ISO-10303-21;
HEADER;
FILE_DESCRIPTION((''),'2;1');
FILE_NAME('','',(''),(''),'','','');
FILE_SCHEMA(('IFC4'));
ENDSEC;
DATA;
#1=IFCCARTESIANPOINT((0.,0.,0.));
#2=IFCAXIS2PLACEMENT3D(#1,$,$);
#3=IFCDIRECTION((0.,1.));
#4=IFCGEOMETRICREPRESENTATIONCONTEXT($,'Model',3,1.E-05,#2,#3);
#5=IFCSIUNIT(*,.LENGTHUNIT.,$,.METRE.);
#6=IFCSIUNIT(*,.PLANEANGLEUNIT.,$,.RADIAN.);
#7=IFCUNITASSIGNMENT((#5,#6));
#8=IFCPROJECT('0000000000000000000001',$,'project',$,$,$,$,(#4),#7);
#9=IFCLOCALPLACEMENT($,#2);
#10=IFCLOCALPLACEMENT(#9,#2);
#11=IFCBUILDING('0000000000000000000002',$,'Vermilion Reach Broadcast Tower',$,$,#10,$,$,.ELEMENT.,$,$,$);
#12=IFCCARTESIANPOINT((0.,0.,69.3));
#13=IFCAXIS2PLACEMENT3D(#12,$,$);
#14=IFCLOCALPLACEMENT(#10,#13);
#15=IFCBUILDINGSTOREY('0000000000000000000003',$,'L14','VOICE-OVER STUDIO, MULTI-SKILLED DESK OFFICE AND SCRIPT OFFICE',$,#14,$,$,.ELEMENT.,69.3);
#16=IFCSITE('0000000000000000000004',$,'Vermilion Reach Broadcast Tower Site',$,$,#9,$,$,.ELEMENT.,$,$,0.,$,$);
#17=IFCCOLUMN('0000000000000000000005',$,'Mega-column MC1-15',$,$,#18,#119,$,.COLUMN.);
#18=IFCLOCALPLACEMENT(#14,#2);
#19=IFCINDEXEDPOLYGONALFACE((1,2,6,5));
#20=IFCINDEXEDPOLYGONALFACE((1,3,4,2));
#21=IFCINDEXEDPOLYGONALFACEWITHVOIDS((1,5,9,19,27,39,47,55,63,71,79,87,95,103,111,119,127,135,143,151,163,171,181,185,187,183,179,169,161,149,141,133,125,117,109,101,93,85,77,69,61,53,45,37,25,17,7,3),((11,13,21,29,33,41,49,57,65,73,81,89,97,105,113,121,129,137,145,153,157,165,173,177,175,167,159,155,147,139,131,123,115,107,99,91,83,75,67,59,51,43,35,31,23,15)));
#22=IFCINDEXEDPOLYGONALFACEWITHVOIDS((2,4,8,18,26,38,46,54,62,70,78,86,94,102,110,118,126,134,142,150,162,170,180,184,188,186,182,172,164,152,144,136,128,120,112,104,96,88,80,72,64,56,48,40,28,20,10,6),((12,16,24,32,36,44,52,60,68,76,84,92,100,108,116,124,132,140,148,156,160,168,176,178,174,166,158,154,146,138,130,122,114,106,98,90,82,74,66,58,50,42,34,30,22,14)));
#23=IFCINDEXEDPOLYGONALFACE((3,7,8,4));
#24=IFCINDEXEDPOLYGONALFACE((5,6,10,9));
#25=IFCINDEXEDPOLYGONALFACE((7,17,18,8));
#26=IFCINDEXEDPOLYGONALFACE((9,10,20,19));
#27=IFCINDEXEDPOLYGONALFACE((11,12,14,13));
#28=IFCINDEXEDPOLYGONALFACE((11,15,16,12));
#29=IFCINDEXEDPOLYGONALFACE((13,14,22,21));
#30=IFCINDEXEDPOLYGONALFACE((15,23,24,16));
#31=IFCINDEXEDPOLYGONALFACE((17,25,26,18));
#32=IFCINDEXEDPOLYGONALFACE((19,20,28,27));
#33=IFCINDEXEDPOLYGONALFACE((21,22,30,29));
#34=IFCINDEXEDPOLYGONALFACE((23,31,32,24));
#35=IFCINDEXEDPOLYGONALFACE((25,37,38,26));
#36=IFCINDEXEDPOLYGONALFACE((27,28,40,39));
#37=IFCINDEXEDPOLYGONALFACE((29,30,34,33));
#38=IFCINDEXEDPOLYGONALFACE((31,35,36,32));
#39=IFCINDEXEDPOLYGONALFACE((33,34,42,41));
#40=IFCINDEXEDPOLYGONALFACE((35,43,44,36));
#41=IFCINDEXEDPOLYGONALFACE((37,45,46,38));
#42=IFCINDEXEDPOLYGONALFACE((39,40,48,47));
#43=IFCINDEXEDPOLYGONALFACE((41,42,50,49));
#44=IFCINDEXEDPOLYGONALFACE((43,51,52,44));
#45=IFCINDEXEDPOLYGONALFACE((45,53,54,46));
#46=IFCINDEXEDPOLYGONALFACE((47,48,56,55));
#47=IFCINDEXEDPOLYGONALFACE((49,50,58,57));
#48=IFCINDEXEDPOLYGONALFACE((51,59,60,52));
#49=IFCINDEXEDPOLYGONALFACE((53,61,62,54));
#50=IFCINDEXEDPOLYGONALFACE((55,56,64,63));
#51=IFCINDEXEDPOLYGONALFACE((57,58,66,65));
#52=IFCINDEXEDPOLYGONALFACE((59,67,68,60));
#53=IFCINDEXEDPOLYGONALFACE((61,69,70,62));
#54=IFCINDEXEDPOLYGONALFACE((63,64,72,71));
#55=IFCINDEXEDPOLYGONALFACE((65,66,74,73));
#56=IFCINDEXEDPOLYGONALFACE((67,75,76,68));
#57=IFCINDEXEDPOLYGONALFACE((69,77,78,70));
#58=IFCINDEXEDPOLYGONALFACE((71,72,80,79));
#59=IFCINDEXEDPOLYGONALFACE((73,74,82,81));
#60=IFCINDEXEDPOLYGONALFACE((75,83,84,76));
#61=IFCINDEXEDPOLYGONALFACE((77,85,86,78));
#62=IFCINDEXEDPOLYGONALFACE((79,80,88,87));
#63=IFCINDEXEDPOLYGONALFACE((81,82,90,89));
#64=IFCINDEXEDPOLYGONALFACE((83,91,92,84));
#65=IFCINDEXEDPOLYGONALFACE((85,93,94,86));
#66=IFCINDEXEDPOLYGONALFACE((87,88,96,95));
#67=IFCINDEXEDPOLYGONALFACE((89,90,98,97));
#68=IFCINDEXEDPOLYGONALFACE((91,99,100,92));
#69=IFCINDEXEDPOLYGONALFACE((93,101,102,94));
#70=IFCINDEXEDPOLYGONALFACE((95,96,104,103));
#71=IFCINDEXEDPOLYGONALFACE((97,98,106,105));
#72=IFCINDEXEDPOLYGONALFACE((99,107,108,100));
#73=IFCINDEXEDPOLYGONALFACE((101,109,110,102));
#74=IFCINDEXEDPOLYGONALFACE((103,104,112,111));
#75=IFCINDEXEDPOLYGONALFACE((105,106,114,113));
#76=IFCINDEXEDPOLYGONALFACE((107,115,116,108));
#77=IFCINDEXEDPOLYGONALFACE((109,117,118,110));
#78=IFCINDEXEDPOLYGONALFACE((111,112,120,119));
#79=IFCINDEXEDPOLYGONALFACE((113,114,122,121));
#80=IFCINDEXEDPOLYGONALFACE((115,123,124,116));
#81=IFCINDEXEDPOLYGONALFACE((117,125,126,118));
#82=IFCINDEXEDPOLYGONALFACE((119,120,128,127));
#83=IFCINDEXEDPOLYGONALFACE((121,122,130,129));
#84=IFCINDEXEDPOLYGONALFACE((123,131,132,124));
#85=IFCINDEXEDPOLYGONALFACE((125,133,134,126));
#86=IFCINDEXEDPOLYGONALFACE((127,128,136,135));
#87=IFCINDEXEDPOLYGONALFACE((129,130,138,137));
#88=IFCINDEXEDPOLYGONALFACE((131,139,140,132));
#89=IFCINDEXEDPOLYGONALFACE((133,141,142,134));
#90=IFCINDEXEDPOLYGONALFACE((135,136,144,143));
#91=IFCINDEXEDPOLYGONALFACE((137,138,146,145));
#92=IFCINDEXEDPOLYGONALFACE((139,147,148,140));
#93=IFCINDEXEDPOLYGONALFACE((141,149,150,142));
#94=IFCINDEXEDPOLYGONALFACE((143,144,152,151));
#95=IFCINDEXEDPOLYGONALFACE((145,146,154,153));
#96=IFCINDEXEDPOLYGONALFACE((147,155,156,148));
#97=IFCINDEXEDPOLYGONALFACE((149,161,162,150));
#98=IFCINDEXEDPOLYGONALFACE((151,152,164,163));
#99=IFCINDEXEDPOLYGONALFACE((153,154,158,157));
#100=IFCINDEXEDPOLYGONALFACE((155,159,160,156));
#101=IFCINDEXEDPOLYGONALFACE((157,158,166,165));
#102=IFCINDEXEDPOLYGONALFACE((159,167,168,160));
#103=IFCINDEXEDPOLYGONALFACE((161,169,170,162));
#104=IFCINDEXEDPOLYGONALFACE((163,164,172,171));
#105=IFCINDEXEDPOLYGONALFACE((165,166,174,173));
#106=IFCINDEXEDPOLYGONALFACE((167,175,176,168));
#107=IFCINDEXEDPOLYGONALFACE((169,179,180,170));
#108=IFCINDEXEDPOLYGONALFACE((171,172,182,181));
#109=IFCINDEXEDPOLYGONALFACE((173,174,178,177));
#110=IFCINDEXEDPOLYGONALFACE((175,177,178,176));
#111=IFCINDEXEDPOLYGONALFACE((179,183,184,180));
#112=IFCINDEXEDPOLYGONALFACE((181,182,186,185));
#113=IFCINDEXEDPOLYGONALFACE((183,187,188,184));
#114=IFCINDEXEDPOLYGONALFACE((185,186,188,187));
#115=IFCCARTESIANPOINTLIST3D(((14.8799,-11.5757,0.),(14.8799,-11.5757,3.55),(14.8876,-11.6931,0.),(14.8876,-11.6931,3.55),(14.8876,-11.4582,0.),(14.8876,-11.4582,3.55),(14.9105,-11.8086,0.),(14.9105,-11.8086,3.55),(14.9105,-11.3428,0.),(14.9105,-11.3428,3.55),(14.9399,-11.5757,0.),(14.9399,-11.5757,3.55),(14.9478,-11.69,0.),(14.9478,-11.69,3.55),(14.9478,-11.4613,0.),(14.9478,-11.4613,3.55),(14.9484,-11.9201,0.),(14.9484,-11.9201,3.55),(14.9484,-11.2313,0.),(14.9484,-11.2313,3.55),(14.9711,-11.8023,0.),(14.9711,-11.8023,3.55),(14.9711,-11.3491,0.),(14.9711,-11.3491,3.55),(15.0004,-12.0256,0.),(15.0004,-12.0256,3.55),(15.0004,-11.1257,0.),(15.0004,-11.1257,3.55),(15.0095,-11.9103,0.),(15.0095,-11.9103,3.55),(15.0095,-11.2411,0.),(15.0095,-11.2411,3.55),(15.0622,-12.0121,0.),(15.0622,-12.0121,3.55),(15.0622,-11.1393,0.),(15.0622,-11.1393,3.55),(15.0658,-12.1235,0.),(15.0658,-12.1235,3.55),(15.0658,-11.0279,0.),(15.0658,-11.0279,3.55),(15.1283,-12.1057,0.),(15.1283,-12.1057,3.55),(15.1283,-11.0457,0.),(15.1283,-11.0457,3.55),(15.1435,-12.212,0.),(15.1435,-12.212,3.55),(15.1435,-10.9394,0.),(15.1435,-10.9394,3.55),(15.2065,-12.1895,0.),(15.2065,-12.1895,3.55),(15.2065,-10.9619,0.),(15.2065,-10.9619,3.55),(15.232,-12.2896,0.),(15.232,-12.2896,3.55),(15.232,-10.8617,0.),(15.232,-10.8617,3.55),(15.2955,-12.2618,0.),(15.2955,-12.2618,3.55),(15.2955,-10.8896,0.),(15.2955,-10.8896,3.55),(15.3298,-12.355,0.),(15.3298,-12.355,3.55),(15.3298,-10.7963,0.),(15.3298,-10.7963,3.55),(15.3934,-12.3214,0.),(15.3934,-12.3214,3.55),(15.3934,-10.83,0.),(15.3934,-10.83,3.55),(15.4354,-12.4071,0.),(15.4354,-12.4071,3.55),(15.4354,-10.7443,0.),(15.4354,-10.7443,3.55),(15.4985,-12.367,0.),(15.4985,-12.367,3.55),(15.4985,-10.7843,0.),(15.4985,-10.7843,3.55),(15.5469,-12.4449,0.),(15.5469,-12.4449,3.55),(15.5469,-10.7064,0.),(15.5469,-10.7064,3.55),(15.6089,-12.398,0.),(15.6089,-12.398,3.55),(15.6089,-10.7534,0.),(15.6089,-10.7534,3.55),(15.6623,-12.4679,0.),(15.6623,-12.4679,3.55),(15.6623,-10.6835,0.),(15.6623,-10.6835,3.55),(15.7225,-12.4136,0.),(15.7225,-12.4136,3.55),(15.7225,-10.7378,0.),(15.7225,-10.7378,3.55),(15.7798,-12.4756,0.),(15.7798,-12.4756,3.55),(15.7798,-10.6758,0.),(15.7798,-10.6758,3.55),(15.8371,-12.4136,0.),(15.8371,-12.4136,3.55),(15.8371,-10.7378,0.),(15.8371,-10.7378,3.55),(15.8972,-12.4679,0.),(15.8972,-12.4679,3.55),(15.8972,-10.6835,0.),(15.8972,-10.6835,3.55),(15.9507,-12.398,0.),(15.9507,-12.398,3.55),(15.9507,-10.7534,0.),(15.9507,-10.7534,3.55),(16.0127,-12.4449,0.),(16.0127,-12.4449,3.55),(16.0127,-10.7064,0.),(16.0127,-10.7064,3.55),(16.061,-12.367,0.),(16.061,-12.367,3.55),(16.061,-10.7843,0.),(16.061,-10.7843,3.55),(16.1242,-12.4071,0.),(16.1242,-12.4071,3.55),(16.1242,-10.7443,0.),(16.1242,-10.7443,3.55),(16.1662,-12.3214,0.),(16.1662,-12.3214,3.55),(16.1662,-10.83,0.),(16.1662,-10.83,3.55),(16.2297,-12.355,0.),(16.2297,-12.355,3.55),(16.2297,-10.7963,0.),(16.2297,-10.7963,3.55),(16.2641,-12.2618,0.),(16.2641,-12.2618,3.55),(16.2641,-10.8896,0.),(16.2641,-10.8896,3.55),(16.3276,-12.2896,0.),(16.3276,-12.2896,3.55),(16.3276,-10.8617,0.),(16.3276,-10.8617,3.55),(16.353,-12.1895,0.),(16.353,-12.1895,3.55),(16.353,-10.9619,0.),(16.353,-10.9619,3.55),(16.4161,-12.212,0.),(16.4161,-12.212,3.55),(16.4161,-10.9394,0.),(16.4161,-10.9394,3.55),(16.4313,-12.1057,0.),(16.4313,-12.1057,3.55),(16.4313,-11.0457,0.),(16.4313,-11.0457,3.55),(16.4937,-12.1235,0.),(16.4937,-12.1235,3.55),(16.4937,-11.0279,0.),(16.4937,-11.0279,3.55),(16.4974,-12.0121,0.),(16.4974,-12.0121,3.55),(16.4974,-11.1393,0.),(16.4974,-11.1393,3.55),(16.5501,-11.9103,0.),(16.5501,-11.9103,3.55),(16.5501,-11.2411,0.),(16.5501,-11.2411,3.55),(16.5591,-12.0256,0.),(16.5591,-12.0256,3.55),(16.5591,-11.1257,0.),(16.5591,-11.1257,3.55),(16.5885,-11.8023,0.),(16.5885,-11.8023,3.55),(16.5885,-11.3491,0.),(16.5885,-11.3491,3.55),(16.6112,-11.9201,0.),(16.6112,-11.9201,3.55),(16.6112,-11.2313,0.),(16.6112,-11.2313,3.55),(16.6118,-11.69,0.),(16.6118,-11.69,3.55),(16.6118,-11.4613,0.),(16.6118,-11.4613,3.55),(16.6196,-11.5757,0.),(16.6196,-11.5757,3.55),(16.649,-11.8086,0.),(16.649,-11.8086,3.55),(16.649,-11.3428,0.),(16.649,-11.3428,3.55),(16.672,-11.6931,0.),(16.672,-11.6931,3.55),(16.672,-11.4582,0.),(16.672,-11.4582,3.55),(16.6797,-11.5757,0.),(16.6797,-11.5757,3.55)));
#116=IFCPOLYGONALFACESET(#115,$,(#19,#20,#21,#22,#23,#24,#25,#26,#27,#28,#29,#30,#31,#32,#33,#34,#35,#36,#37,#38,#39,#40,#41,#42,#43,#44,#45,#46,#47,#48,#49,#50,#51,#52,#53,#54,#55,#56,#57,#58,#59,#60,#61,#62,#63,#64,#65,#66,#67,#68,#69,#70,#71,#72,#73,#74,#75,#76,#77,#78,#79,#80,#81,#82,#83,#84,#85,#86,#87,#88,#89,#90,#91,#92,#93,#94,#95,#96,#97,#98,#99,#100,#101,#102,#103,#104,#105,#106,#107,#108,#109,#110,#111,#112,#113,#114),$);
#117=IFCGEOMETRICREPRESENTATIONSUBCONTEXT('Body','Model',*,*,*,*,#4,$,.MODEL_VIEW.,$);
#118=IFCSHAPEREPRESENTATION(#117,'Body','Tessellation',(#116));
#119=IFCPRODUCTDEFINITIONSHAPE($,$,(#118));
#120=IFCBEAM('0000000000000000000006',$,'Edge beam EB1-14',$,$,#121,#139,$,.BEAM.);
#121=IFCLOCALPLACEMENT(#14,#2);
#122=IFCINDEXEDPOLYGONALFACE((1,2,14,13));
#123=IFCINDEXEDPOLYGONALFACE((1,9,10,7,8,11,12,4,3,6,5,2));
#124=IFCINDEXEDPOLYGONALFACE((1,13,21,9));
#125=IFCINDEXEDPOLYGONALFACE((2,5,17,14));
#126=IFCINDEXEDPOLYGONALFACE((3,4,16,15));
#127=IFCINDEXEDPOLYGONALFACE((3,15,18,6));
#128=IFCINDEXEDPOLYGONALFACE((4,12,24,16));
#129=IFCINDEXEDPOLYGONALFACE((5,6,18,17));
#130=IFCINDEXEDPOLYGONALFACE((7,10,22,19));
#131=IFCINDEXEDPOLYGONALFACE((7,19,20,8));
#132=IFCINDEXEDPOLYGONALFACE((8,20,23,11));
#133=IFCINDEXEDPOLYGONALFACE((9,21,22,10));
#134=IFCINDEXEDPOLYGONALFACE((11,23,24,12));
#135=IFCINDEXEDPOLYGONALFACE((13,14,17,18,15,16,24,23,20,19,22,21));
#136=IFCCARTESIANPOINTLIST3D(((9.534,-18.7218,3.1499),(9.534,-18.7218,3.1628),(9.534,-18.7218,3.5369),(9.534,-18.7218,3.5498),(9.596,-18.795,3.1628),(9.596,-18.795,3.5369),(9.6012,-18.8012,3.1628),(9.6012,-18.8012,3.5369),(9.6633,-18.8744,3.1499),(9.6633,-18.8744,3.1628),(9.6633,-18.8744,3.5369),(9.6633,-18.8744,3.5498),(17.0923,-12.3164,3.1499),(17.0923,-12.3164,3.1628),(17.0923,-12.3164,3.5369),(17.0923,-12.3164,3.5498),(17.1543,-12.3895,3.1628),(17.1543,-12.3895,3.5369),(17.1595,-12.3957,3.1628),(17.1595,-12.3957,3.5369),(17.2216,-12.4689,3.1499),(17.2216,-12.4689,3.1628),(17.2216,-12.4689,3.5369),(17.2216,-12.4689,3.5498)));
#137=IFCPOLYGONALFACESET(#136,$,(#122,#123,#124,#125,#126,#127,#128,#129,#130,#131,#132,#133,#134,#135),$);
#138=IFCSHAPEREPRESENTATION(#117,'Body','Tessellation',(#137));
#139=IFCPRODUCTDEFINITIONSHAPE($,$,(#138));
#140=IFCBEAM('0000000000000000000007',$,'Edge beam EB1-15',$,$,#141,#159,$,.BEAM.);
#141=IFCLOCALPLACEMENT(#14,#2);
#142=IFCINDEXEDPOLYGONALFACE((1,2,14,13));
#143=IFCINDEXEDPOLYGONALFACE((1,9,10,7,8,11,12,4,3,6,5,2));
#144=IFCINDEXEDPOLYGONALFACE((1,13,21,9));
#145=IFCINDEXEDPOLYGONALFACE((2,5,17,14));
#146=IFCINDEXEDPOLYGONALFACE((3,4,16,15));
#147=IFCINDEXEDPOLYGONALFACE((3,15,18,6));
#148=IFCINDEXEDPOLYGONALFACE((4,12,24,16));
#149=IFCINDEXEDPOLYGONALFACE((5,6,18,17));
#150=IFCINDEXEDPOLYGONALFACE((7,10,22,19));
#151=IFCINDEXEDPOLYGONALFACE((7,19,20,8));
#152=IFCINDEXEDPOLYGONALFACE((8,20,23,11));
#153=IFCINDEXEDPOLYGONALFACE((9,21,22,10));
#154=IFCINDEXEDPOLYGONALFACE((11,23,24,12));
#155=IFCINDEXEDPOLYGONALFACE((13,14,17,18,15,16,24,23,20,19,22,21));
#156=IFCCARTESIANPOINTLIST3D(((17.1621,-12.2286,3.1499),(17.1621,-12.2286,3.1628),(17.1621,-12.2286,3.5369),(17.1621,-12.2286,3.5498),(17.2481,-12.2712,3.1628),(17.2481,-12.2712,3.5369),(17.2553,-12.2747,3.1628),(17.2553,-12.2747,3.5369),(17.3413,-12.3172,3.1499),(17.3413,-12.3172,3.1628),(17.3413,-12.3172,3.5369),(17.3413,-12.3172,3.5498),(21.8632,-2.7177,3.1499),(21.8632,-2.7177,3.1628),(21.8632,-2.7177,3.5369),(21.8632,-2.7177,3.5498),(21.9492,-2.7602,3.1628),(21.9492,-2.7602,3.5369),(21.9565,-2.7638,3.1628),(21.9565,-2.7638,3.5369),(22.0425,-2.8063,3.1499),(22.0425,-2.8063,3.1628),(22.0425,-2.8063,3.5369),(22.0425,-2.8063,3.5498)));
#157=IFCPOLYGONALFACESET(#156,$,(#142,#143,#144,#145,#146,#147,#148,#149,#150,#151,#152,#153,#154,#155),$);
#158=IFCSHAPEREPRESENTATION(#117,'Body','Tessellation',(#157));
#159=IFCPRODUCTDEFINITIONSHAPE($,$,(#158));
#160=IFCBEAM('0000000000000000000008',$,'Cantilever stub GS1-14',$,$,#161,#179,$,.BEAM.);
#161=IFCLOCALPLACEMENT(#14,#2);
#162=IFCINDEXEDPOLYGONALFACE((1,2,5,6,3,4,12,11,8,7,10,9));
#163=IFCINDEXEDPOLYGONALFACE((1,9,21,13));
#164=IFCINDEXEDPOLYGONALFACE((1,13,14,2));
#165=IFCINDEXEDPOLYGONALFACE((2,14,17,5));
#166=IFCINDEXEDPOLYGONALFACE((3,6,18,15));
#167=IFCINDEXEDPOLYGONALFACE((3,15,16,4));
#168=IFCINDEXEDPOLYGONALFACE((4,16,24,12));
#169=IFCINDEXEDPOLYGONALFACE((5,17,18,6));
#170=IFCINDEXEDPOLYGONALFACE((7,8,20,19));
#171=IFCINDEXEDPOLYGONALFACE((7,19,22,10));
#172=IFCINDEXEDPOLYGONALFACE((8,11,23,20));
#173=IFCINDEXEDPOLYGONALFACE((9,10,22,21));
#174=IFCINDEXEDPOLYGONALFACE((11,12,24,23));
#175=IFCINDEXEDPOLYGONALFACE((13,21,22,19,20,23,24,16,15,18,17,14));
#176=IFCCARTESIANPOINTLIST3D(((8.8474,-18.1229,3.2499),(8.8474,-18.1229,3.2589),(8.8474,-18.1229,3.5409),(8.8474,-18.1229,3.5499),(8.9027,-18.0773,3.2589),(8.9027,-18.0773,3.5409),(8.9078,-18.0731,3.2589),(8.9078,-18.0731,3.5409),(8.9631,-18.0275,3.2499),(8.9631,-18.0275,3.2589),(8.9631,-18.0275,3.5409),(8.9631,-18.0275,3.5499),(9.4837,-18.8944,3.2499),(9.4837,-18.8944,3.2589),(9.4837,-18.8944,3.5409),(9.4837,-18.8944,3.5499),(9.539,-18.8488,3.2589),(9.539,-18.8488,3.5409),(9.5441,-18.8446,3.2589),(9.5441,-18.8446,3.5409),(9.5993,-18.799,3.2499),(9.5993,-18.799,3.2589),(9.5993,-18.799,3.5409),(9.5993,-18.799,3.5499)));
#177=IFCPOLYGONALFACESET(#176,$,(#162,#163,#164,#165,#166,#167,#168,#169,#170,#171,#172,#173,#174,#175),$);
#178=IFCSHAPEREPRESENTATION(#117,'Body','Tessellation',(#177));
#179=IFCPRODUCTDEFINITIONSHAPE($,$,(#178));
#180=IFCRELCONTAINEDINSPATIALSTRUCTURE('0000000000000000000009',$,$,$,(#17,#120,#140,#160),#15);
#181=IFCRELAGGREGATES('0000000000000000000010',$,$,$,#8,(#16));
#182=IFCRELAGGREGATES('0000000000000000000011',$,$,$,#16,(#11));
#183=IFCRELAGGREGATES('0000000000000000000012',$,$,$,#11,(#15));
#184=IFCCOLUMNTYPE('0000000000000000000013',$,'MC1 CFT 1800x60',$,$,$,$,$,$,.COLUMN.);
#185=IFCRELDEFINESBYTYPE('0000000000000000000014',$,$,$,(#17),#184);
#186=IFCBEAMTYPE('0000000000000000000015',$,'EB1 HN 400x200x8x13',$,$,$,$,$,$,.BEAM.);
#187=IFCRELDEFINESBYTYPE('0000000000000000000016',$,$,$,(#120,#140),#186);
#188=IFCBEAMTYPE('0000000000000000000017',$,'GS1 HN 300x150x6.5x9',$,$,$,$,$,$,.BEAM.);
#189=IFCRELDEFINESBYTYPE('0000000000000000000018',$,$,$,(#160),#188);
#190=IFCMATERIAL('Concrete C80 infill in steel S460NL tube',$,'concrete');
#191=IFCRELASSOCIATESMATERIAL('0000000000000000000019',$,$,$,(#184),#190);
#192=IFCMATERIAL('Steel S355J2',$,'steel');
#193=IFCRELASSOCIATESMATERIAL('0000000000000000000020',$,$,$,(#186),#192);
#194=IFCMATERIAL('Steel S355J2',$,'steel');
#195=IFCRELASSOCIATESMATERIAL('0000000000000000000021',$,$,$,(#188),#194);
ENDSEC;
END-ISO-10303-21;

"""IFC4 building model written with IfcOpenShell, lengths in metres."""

from ifc_helpers import new_model, si_unit, direction, frame, origin, origin_2d, place, context, subcontext, project, spatial, hollow_circle, i_section, extrude, material, material_profile, profile_set, type_object, element, save


model = new_model("IFC4")

# Units and contexts
model_context = context("Model", 3, precision=1e-05, world=origin(), true_north=direction((0.0, 1.0)))
body_context = subcontext(model_context, "Body", "Model", "MODEL_VIEW")
ifc_project = project(units=[si_unit("LENGTHUNIT", "METRE"), si_unit("PLANEANGLEUNIT", "RADIAN")], contexts=[model_context])

# Site, building, storey
site_placement = place(None, origin())
site = spatial("IfcSite", under=ifc_project, at=site_placement, Name="Vermilion Reach Broadcast Tower Site", CompositionType="ELEMENT", RefElevation=0.0)
building_placement = place(site_placement, origin())
building = spatial("IfcBuilding", under=site, at=building_placement, Name="Vermilion Reach Broadcast Tower", CompositionType="ELEMENT")
storey_placement = place(building_placement, frame((0.0, 0.0, 69.3)))
storey = spatial("IfcBuildingStorey", under=building, at=storey_placement, Name="L14", Description="VOICE-OVER STUDIO, MULTI-SKILLED DESK OFFICE AND SCRIPT OFFICE", CompositionType="ELEMENT", Elevation=69.3)

# Column
ifc_material_1 = material(Name="Concrete C80 infill in steel S460NL tube", Category="concrete")
ifc_material_profile_1 = material_profile(ifc_material_1, hollow_circle(Radius=0.8999, WallThickness=0.0601, at=origin_2d()), Name="Concrete C80 infill in steel S460NL tube CFT 1800x60")
ifc_profile_set_1 = profile_set([ifc_material_profile_1], Name="Concrete C80 infill in steel S460NL tube")
column_type = type_object("IfcColumnType", Name="MC1 CFT 1800x60", PredefinedType="COLUMN", material=ifc_profile_set_1)
for number, where, z_axis, x_axis, name in (
    (1, (15.7798, -11.5757, 0.0), (0.0, 0.0, 1.0), (1.0, 0.0, 0.0), "Mega-column MC1-15"),
):
    element("IfcColumn", number, at=place(storey_placement, frame(where, z_axis=z_axis, x_axis=x_axis)), inside=storey, type_object=column_type, Name=name, PredefinedType="COLUMN", context=body_context, shape_type="SweptSolid", body=[
        extrude(hollow_circle(Radius=0.8999, WallThickness=0.0601, at=origin_2d()), origin(), (0.0, 0.0, 1.0), 3.55),
    ])

# Beams
ifc_material_2 = material(Name="Steel S355J2", Category="steel")
ifc_material_profile_2 = material_profile(ifc_material_2, i_section(OverallWidth=0.2, OverallDepth=0.3999, WebThickness=0.0081, FlangeThickness=0.0129, at=origin_2d()), Name="S355J2 HN 400x200x8x13")
ifc_profile_set_2 = profile_set([ifc_material_profile_2], Name="Steel S355J2")
beam_type_1 = type_object("IfcBeamType", Name="EB1 HN 400x200x8x13", PredefinedType="BEAM", material=ifc_profile_set_2)
beam_1_placement = place(storey_placement, frame((9.5986, -18.7981, 3.3499), z_axis=(0.762889, 0.64653, 0.0), x_axis=(-0.64653, 0.762889, 0.0)))
element("IfcBeam", 2, at=beam_1_placement, inside=storey, type_object=beam_type_1, Name="Edge beam EB1-14", PredefinedType="BEAM", context=body_context, shape_type="SweptSolid", body=[
    extrude(i_section(OverallWidth=0.2, OverallDepth=0.3999, WebThickness=0.0081, FlangeThickness=0.0129, at=origin_2d()), origin(), (0.0, 0.0, 1.0), 9.9075),
])
beam_2_placement = place(storey_placement, frame((17.2517, -12.2729, 3.3499), z_axis=(0.443113, 0.896466, 0.0), x_axis=(-0.896466, 0.443113, 0.0)))
element("IfcBeam", 3, at=beam_2_placement, inside=storey, type_object=beam_type_1, Name="Edge beam EB1-15", PredefinedType="BEAM", context=body_context, shape_type="SweptSolid", body=[
    extrude(i_section(OverallWidth=0.2, OverallDepth=0.3999, WebThickness=0.0081, FlangeThickness=0.0129, at=origin_2d()), origin(), (0.0, 0.0, 1.0), 10.6094),
])
ifc_material_3 = material(Name="Steel S355J2", Category="steel")
ifc_material_profile_3 = material_profile(ifc_material_3, i_section(OverallWidth=0.1499, OverallDepth=0.3, WebThickness=0.0066, FlangeThickness=0.009, at=origin_2d()), Name="S355J2 HN 300x150x6.5x9")
ifc_profile_set_3 = profile_set([ifc_material_profile_3], Name="Steel S355J2")
beam_type_2 = type_object("IfcBeamType", Name="GS1 HN 300x150x6.5x9", PredefinedType="BEAM", material=ifc_profile_set_3)
for number, where, z_axis, x_axis, name in (
    (4, (8.9053, -18.0752, 3.3999), (0.636238, -0.771493, 0.0), (0.771493, 0.636238, 0.0), "Cantilever stub GS1-14"),
):
    element("IfcBeam", number, at=place(storey_placement, frame(where, z_axis=z_axis, x_axis=x_axis)), inside=storey, type_object=beam_type_2, Name=name, PredefinedType="BEAM", context=body_context, shape_type="SweptSolid", body=[
        extrude(i_section(OverallWidth=0.1499, OverallDepth=0.3, WebThickness=0.0066, FlangeThickness=0.009, at=origin_2d()), origin(), (0.0, 0.0, 1.0), 1.0),
    ])

save(model, "model.ifc")
